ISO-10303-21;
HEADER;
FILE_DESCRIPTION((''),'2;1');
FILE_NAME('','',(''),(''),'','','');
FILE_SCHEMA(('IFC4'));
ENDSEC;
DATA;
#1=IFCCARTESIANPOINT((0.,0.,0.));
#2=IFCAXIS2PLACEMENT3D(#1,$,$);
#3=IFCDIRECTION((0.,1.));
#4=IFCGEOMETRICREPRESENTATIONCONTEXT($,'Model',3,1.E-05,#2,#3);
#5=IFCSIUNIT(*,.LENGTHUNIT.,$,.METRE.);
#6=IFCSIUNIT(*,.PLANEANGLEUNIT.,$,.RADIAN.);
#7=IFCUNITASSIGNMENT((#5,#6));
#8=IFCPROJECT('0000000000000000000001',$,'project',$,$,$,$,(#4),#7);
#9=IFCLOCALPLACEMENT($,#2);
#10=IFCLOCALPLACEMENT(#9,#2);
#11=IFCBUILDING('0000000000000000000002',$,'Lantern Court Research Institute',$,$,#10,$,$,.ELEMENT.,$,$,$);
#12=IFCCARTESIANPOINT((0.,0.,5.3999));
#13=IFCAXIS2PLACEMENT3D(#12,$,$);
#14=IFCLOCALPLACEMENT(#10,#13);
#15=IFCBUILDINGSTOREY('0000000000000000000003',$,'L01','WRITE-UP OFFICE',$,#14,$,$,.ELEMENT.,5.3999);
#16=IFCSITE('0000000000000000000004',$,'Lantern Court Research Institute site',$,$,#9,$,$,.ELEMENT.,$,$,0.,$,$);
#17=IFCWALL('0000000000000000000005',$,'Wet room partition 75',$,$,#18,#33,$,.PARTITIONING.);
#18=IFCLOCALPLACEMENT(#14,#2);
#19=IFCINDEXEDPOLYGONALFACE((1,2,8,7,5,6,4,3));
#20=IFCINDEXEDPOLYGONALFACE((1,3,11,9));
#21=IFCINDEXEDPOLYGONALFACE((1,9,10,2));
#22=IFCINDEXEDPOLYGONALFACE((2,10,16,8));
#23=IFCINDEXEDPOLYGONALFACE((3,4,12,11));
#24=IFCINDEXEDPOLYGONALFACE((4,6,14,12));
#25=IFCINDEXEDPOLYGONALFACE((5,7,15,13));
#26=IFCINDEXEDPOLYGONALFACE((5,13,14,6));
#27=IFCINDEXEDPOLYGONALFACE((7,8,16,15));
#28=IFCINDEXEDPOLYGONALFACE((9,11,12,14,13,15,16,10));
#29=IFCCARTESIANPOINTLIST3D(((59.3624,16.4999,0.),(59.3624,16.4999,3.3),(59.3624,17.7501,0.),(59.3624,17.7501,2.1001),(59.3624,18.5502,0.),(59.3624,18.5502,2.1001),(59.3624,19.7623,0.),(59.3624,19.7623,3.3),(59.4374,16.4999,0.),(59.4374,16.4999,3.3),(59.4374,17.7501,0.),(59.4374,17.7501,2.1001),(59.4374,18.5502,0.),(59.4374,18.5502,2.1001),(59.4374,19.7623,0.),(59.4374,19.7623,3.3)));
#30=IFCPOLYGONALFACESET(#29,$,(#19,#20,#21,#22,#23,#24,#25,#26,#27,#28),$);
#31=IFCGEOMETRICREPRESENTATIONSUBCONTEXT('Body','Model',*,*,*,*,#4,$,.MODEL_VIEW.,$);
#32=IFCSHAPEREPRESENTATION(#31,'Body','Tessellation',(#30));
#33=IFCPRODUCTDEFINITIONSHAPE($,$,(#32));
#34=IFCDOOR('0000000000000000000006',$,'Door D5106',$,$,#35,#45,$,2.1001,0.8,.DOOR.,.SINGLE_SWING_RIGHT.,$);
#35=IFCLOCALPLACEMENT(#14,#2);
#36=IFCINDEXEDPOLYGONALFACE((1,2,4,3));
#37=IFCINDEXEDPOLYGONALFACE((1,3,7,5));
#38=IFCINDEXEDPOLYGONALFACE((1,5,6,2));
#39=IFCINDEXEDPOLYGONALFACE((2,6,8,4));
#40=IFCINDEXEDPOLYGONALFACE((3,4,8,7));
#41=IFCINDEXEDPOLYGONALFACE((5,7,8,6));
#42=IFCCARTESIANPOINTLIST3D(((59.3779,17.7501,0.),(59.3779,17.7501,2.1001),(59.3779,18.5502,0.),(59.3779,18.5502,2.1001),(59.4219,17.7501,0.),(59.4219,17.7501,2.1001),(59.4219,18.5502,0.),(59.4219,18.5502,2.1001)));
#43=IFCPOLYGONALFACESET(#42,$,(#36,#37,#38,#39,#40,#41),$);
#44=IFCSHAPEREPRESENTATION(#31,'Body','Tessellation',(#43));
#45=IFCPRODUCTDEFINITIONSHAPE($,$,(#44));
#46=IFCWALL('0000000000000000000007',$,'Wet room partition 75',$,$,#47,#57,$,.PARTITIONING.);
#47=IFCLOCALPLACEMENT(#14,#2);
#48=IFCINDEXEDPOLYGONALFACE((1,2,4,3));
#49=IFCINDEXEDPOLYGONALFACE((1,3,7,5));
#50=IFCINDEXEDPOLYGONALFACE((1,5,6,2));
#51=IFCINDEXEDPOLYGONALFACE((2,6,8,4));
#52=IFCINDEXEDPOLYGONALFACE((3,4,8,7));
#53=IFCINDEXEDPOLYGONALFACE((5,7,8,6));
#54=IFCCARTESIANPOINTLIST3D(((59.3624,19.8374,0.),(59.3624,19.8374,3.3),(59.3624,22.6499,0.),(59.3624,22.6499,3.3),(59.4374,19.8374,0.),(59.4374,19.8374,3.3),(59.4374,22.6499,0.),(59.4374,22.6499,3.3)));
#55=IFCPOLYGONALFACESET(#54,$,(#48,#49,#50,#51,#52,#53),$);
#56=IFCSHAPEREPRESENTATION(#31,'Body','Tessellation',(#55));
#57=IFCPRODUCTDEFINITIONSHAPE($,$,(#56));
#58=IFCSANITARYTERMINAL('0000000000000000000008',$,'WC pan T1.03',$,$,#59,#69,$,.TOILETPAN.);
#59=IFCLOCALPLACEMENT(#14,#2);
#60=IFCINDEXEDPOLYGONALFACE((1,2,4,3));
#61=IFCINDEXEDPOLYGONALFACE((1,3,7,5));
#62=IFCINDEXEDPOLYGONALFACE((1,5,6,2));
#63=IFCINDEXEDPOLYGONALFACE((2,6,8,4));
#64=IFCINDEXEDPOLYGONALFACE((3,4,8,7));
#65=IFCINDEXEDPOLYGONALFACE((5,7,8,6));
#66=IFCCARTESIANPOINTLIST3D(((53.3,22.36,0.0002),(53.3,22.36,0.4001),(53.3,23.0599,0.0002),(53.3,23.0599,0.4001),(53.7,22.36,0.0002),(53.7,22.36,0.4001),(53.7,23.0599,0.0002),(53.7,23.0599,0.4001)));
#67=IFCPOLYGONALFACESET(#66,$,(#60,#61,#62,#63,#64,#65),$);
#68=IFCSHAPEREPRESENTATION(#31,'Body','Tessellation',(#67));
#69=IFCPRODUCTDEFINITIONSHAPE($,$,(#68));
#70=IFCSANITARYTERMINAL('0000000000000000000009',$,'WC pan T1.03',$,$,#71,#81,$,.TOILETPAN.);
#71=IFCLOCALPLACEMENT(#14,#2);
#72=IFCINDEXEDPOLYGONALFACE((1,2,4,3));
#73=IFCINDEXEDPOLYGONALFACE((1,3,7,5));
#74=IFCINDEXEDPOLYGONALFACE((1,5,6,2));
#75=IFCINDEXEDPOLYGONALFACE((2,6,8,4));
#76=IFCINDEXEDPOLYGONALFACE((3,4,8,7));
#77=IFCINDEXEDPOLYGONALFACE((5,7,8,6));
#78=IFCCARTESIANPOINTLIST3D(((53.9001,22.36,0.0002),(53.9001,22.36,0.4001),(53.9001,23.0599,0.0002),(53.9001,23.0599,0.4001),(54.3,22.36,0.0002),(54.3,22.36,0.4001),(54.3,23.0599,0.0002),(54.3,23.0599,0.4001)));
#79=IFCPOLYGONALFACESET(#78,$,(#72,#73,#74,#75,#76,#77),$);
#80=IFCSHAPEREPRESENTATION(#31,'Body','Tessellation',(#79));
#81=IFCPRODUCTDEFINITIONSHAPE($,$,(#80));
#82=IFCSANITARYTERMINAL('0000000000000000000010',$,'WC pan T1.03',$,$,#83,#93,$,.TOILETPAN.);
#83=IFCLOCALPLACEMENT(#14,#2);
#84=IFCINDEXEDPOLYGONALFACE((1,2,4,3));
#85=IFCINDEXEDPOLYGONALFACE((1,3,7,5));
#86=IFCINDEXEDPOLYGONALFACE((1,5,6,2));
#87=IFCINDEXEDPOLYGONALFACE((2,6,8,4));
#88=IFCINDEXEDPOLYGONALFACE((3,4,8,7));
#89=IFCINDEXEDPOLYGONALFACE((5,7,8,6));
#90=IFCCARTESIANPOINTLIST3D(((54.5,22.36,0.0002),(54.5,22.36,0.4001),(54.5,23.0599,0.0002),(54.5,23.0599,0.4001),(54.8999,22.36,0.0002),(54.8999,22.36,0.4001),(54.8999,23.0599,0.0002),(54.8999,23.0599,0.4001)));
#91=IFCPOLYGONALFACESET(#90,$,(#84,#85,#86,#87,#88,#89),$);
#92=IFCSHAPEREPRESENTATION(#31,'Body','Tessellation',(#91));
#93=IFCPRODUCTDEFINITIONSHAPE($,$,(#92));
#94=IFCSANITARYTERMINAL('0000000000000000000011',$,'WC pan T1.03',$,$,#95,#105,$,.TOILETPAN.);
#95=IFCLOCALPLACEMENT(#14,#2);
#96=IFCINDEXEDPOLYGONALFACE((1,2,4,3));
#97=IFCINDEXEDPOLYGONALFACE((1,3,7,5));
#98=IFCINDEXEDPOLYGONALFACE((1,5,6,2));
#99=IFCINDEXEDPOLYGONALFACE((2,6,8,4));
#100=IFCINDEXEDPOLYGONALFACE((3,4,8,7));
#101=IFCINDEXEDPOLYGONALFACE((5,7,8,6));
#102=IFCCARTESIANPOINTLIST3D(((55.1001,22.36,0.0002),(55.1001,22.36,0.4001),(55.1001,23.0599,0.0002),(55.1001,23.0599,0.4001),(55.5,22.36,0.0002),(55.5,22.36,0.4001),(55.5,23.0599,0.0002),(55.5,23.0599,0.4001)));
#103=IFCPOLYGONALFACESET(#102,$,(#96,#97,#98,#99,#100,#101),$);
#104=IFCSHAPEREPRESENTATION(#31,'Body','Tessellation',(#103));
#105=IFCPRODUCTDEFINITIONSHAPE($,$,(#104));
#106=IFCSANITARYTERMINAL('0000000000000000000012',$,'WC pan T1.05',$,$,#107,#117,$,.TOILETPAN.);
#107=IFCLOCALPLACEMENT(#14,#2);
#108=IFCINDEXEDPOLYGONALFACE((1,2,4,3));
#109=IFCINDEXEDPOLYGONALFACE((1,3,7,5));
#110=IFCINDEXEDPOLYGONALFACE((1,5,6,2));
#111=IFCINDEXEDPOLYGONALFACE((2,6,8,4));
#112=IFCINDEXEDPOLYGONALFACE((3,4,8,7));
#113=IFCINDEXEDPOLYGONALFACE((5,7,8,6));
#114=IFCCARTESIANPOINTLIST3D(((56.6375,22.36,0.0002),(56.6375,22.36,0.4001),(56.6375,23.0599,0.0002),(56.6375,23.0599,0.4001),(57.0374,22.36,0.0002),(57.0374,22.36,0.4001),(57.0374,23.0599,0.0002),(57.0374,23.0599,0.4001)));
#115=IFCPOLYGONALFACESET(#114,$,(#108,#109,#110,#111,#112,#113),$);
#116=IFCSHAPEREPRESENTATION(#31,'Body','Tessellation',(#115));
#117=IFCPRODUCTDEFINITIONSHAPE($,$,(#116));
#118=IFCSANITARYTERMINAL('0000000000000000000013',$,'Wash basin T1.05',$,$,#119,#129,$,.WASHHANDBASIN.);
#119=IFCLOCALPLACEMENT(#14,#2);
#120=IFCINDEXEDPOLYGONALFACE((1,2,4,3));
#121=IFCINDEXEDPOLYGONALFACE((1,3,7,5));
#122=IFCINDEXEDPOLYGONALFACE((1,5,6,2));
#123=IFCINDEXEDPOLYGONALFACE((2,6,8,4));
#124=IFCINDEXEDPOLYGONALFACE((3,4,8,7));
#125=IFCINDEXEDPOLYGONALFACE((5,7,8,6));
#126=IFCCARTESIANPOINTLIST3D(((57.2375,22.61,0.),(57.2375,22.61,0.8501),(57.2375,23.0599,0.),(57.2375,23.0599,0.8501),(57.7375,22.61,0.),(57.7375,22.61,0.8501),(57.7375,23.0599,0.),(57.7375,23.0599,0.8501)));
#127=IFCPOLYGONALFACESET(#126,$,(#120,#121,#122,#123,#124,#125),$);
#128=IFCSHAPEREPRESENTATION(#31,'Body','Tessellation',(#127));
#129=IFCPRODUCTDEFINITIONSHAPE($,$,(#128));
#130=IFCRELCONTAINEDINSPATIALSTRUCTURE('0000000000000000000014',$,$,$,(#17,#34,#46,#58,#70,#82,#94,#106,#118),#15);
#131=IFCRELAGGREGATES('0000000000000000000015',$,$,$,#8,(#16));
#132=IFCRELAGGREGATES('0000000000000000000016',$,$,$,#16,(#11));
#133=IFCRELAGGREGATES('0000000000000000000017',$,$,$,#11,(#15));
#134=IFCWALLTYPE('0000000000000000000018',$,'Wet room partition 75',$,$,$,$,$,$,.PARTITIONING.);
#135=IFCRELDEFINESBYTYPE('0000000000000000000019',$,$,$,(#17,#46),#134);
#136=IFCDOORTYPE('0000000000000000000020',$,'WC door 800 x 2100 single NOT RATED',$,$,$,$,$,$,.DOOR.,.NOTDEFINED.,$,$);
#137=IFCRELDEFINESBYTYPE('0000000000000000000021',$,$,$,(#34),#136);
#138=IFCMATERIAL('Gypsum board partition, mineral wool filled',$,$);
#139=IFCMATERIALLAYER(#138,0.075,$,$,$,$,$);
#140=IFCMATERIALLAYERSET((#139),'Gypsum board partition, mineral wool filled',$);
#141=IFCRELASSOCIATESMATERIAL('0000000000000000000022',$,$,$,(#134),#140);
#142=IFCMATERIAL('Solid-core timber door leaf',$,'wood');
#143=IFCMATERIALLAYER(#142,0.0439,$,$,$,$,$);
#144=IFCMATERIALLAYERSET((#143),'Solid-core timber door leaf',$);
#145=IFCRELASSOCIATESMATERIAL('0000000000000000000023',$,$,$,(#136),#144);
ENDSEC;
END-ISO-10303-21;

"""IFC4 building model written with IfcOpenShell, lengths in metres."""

from ifc_helpers import new_model, si_unit, direction, frame, frame_2d, origin, origin_2d, place, context, subcontext, project, spatial, rectangle, extrude, material, layer, layer_set, type_object, element, fill, save


model = new_model("IFC4")

# Units and contexts
model_context = context("Model", 3, precision=1e-05, world=origin(), true_north=direction((0.0, 1.0)))
body_context = subcontext(model_context, "Body", "Model", "MODEL_VIEW")
ifc_project = project(units=[si_unit("LENGTHUNIT", "METRE"), si_unit("PLANEANGLEUNIT", "RADIAN")], contexts=[model_context])

# Site, building, storey
site_placement = place(None, origin())
site = spatial("IfcSite", under=ifc_project, at=site_placement, Name="Lantern Court Research Institute site", CompositionType="ELEMENT", RefElevation=0.0)
building_placement = place(site_placement, origin())
building = spatial("IfcBuilding", under=site, at=building_placement, Name="Lantern Court Research Institute", CompositionType="ELEMENT")
storey_placement = place(building_placement, frame((0.0, 0.0, 5.3999)))
storey = spatial("IfcBuildingStorey", under=building, at=storey_placement, Name="L01", Description="WRITE-UP OFFICE", CompositionType="ELEMENT", Elevation=5.3999)

# Shared definitions
ifc_material_1 = material(Name="Gypsum board partition, mineral wool filled")
ifc_layer_1 = layer(ifc_material_1, 0.075)
ifc_layer_set_1 = layer_set([ifc_layer_1], Name="Gypsum board partition, mineral wool filled")
wall_type_1 = type_object("IfcWallType", Name="Wet room partition 75", PredefinedType="PARTITIONING", material=ifc_layer_set_1)
ifc_material_2 = material(Name="Solid-core timber door leaf", Category="wood")
ifc_layer_2 = layer(ifc_material_2, 0.0439)
ifc_layer_set_2 = layer_set([ifc_layer_2], Name="Solid-core timber door leaf")
door_type_1 = type_object("IfcDoorType", Name="WC door 800 x 2100 single NOT RATED", OperationType="NOTDEFINED", PredefinedType="DOOR", material=ifc_layer_set_2)

# Wall, opening, door
wall_1_placement = place(storey_placement, frame((59.3999, 19.7625, 0.0), z_axis=(0.0, 0.0, 1.0), x_axis=(0.0, -1.0, 0.0)))
wall_1 = element("IfcWall", 1, at=wall_1_placement, inside=storey, type_object=wall_type_1, Name="Wet room partition 75", PredefinedType="PARTITIONING", context=body_context, shape_type="SweptSolid", body=[
    extrude(rectangle(XDim=3.2625, YDim=0.075, at=frame_2d((1.6313, 0.0))), origin(), (0.0, 0.0, 1.0), 3.3),
])
opening_1_placement = place(wall_1_placement, frame((1.2124, 0.0, 0.0)))
opening_1 = element("IfcOpeningElement", 2, at=opening_1_placement, cuts=wall_1, PredefinedType="OPENING", context=body_context, shape_type="SweptSolid", body=[
    extrude(rectangle(XDim=0.8, YDim=2.1001, at=frame_2d((0.3999, 1.05))), frame((0.0, 0.0474, 0.0), z_axis=(0.0, -1.0, 0.0), x_axis=(1.0, 0.0, 0.0)), (0.0, 0.0, 1.0), 0.095),
])
door_1_placement = place(opening_1_placement, origin())
door_1 = element("IfcDoor", 3, at=door_1_placement, inside=storey, type_object=door_type_1, Name="Door D5106", OperationType="SINGLE_SWING_RIGHT", OverallHeight=2.1001, OverallWidth=0.8, PredefinedType="DOOR", context=body_context, shape_type="SweptSolid", body=[
    extrude(rectangle(XDim=0.8, YDim=2.1001, at=frame_2d((0.3999, 1.05))), frame((0.0, 0.022, 0.0), z_axis=(0.0, -1.0, 0.0), x_axis=(1.0, 0.0, 0.0)), (0.0, 0.0, 1.0), 0.0439),
])
fill(opening_1, door_1)

# Wall
wall_2_placement = place(storey_placement, frame((59.3999, 19.8374, 0.0), z_axis=(0.0, 0.0, 1.0), x_axis=(0.0, 1.0, 0.0)))
element("IfcWall", 4, at=wall_2_placement, inside=storey, type_object=wall_type_1, Name="Wet room partition 75", PredefinedType="PARTITIONING", context=body_context, shape_type="SweptSolid", body=[
    extrude(rectangle(XDim=2.8125, YDim=0.075, at=frame_2d((1.4062, 0.0))), origin(), (0.0, 0.0, 1.0), 3.3),
])

# Sanitary terminals
for number, where, z_axis, x_axis, name in (
    (5, (53.5, 22.71, 0.0002), (0.0, 0.0, 1.0), (1.0, 0.0, 0.0), "WC pan T1.03"),
    (6, (54.1001, 22.71, 0.0002), (0.0, 0.0, 1.0), (1.0, 0.0, 0.0), "WC pan T1.03"),
    (7, (54.7, 22.71, 0.0002), (0.0, 0.0, 1.0), (1.0, 0.0, 0.0), "WC pan T1.03"),
    (8, (55.3, 22.71, 0.0002), (0.0, 0.0, 1.0), (1.0, 0.0, 0.0), "WC pan T1.03"),
    (9, (56.8374, 22.71, 0.0002), (0.0, 0.0, 1.0), (1.0, 0.0, 0.0), "WC pan T1.05"),
):
    element("IfcSanitaryTerminal", number, at=place(storey_placement, frame(where, z_axis=z_axis, x_axis=x_axis)), inside=storey, Name=name, PredefinedType="TOILETPAN", context=body_context, shape_type="SweptSolid", body=[
        extrude(rectangle(XDim=0.3999, YDim=0.7, at=origin_2d()), origin(), (0.0, 0.0, 1.0), 0.3999),
    ])
sanitary_terminal_placement = place(storey_placement, frame((57.4875, 22.835, 0.0), z_axis=(0.0, 0.0, 1.0), x_axis=(1.0, 0.0, 0.0)))
element("IfcSanitaryTerminal", 10, at=sanitary_terminal_placement, inside=storey, Name="Wash basin T1.05", PredefinedType="WASHHANDBASIN", context=body_context, shape_type="SweptSolid", body=[
    extrude(rectangle(XDim=0.5, YDim=0.45, at=origin_2d()), origin(), (0.0, 0.0, 1.0), 0.8501),
])

save(model, "model.ifc")
